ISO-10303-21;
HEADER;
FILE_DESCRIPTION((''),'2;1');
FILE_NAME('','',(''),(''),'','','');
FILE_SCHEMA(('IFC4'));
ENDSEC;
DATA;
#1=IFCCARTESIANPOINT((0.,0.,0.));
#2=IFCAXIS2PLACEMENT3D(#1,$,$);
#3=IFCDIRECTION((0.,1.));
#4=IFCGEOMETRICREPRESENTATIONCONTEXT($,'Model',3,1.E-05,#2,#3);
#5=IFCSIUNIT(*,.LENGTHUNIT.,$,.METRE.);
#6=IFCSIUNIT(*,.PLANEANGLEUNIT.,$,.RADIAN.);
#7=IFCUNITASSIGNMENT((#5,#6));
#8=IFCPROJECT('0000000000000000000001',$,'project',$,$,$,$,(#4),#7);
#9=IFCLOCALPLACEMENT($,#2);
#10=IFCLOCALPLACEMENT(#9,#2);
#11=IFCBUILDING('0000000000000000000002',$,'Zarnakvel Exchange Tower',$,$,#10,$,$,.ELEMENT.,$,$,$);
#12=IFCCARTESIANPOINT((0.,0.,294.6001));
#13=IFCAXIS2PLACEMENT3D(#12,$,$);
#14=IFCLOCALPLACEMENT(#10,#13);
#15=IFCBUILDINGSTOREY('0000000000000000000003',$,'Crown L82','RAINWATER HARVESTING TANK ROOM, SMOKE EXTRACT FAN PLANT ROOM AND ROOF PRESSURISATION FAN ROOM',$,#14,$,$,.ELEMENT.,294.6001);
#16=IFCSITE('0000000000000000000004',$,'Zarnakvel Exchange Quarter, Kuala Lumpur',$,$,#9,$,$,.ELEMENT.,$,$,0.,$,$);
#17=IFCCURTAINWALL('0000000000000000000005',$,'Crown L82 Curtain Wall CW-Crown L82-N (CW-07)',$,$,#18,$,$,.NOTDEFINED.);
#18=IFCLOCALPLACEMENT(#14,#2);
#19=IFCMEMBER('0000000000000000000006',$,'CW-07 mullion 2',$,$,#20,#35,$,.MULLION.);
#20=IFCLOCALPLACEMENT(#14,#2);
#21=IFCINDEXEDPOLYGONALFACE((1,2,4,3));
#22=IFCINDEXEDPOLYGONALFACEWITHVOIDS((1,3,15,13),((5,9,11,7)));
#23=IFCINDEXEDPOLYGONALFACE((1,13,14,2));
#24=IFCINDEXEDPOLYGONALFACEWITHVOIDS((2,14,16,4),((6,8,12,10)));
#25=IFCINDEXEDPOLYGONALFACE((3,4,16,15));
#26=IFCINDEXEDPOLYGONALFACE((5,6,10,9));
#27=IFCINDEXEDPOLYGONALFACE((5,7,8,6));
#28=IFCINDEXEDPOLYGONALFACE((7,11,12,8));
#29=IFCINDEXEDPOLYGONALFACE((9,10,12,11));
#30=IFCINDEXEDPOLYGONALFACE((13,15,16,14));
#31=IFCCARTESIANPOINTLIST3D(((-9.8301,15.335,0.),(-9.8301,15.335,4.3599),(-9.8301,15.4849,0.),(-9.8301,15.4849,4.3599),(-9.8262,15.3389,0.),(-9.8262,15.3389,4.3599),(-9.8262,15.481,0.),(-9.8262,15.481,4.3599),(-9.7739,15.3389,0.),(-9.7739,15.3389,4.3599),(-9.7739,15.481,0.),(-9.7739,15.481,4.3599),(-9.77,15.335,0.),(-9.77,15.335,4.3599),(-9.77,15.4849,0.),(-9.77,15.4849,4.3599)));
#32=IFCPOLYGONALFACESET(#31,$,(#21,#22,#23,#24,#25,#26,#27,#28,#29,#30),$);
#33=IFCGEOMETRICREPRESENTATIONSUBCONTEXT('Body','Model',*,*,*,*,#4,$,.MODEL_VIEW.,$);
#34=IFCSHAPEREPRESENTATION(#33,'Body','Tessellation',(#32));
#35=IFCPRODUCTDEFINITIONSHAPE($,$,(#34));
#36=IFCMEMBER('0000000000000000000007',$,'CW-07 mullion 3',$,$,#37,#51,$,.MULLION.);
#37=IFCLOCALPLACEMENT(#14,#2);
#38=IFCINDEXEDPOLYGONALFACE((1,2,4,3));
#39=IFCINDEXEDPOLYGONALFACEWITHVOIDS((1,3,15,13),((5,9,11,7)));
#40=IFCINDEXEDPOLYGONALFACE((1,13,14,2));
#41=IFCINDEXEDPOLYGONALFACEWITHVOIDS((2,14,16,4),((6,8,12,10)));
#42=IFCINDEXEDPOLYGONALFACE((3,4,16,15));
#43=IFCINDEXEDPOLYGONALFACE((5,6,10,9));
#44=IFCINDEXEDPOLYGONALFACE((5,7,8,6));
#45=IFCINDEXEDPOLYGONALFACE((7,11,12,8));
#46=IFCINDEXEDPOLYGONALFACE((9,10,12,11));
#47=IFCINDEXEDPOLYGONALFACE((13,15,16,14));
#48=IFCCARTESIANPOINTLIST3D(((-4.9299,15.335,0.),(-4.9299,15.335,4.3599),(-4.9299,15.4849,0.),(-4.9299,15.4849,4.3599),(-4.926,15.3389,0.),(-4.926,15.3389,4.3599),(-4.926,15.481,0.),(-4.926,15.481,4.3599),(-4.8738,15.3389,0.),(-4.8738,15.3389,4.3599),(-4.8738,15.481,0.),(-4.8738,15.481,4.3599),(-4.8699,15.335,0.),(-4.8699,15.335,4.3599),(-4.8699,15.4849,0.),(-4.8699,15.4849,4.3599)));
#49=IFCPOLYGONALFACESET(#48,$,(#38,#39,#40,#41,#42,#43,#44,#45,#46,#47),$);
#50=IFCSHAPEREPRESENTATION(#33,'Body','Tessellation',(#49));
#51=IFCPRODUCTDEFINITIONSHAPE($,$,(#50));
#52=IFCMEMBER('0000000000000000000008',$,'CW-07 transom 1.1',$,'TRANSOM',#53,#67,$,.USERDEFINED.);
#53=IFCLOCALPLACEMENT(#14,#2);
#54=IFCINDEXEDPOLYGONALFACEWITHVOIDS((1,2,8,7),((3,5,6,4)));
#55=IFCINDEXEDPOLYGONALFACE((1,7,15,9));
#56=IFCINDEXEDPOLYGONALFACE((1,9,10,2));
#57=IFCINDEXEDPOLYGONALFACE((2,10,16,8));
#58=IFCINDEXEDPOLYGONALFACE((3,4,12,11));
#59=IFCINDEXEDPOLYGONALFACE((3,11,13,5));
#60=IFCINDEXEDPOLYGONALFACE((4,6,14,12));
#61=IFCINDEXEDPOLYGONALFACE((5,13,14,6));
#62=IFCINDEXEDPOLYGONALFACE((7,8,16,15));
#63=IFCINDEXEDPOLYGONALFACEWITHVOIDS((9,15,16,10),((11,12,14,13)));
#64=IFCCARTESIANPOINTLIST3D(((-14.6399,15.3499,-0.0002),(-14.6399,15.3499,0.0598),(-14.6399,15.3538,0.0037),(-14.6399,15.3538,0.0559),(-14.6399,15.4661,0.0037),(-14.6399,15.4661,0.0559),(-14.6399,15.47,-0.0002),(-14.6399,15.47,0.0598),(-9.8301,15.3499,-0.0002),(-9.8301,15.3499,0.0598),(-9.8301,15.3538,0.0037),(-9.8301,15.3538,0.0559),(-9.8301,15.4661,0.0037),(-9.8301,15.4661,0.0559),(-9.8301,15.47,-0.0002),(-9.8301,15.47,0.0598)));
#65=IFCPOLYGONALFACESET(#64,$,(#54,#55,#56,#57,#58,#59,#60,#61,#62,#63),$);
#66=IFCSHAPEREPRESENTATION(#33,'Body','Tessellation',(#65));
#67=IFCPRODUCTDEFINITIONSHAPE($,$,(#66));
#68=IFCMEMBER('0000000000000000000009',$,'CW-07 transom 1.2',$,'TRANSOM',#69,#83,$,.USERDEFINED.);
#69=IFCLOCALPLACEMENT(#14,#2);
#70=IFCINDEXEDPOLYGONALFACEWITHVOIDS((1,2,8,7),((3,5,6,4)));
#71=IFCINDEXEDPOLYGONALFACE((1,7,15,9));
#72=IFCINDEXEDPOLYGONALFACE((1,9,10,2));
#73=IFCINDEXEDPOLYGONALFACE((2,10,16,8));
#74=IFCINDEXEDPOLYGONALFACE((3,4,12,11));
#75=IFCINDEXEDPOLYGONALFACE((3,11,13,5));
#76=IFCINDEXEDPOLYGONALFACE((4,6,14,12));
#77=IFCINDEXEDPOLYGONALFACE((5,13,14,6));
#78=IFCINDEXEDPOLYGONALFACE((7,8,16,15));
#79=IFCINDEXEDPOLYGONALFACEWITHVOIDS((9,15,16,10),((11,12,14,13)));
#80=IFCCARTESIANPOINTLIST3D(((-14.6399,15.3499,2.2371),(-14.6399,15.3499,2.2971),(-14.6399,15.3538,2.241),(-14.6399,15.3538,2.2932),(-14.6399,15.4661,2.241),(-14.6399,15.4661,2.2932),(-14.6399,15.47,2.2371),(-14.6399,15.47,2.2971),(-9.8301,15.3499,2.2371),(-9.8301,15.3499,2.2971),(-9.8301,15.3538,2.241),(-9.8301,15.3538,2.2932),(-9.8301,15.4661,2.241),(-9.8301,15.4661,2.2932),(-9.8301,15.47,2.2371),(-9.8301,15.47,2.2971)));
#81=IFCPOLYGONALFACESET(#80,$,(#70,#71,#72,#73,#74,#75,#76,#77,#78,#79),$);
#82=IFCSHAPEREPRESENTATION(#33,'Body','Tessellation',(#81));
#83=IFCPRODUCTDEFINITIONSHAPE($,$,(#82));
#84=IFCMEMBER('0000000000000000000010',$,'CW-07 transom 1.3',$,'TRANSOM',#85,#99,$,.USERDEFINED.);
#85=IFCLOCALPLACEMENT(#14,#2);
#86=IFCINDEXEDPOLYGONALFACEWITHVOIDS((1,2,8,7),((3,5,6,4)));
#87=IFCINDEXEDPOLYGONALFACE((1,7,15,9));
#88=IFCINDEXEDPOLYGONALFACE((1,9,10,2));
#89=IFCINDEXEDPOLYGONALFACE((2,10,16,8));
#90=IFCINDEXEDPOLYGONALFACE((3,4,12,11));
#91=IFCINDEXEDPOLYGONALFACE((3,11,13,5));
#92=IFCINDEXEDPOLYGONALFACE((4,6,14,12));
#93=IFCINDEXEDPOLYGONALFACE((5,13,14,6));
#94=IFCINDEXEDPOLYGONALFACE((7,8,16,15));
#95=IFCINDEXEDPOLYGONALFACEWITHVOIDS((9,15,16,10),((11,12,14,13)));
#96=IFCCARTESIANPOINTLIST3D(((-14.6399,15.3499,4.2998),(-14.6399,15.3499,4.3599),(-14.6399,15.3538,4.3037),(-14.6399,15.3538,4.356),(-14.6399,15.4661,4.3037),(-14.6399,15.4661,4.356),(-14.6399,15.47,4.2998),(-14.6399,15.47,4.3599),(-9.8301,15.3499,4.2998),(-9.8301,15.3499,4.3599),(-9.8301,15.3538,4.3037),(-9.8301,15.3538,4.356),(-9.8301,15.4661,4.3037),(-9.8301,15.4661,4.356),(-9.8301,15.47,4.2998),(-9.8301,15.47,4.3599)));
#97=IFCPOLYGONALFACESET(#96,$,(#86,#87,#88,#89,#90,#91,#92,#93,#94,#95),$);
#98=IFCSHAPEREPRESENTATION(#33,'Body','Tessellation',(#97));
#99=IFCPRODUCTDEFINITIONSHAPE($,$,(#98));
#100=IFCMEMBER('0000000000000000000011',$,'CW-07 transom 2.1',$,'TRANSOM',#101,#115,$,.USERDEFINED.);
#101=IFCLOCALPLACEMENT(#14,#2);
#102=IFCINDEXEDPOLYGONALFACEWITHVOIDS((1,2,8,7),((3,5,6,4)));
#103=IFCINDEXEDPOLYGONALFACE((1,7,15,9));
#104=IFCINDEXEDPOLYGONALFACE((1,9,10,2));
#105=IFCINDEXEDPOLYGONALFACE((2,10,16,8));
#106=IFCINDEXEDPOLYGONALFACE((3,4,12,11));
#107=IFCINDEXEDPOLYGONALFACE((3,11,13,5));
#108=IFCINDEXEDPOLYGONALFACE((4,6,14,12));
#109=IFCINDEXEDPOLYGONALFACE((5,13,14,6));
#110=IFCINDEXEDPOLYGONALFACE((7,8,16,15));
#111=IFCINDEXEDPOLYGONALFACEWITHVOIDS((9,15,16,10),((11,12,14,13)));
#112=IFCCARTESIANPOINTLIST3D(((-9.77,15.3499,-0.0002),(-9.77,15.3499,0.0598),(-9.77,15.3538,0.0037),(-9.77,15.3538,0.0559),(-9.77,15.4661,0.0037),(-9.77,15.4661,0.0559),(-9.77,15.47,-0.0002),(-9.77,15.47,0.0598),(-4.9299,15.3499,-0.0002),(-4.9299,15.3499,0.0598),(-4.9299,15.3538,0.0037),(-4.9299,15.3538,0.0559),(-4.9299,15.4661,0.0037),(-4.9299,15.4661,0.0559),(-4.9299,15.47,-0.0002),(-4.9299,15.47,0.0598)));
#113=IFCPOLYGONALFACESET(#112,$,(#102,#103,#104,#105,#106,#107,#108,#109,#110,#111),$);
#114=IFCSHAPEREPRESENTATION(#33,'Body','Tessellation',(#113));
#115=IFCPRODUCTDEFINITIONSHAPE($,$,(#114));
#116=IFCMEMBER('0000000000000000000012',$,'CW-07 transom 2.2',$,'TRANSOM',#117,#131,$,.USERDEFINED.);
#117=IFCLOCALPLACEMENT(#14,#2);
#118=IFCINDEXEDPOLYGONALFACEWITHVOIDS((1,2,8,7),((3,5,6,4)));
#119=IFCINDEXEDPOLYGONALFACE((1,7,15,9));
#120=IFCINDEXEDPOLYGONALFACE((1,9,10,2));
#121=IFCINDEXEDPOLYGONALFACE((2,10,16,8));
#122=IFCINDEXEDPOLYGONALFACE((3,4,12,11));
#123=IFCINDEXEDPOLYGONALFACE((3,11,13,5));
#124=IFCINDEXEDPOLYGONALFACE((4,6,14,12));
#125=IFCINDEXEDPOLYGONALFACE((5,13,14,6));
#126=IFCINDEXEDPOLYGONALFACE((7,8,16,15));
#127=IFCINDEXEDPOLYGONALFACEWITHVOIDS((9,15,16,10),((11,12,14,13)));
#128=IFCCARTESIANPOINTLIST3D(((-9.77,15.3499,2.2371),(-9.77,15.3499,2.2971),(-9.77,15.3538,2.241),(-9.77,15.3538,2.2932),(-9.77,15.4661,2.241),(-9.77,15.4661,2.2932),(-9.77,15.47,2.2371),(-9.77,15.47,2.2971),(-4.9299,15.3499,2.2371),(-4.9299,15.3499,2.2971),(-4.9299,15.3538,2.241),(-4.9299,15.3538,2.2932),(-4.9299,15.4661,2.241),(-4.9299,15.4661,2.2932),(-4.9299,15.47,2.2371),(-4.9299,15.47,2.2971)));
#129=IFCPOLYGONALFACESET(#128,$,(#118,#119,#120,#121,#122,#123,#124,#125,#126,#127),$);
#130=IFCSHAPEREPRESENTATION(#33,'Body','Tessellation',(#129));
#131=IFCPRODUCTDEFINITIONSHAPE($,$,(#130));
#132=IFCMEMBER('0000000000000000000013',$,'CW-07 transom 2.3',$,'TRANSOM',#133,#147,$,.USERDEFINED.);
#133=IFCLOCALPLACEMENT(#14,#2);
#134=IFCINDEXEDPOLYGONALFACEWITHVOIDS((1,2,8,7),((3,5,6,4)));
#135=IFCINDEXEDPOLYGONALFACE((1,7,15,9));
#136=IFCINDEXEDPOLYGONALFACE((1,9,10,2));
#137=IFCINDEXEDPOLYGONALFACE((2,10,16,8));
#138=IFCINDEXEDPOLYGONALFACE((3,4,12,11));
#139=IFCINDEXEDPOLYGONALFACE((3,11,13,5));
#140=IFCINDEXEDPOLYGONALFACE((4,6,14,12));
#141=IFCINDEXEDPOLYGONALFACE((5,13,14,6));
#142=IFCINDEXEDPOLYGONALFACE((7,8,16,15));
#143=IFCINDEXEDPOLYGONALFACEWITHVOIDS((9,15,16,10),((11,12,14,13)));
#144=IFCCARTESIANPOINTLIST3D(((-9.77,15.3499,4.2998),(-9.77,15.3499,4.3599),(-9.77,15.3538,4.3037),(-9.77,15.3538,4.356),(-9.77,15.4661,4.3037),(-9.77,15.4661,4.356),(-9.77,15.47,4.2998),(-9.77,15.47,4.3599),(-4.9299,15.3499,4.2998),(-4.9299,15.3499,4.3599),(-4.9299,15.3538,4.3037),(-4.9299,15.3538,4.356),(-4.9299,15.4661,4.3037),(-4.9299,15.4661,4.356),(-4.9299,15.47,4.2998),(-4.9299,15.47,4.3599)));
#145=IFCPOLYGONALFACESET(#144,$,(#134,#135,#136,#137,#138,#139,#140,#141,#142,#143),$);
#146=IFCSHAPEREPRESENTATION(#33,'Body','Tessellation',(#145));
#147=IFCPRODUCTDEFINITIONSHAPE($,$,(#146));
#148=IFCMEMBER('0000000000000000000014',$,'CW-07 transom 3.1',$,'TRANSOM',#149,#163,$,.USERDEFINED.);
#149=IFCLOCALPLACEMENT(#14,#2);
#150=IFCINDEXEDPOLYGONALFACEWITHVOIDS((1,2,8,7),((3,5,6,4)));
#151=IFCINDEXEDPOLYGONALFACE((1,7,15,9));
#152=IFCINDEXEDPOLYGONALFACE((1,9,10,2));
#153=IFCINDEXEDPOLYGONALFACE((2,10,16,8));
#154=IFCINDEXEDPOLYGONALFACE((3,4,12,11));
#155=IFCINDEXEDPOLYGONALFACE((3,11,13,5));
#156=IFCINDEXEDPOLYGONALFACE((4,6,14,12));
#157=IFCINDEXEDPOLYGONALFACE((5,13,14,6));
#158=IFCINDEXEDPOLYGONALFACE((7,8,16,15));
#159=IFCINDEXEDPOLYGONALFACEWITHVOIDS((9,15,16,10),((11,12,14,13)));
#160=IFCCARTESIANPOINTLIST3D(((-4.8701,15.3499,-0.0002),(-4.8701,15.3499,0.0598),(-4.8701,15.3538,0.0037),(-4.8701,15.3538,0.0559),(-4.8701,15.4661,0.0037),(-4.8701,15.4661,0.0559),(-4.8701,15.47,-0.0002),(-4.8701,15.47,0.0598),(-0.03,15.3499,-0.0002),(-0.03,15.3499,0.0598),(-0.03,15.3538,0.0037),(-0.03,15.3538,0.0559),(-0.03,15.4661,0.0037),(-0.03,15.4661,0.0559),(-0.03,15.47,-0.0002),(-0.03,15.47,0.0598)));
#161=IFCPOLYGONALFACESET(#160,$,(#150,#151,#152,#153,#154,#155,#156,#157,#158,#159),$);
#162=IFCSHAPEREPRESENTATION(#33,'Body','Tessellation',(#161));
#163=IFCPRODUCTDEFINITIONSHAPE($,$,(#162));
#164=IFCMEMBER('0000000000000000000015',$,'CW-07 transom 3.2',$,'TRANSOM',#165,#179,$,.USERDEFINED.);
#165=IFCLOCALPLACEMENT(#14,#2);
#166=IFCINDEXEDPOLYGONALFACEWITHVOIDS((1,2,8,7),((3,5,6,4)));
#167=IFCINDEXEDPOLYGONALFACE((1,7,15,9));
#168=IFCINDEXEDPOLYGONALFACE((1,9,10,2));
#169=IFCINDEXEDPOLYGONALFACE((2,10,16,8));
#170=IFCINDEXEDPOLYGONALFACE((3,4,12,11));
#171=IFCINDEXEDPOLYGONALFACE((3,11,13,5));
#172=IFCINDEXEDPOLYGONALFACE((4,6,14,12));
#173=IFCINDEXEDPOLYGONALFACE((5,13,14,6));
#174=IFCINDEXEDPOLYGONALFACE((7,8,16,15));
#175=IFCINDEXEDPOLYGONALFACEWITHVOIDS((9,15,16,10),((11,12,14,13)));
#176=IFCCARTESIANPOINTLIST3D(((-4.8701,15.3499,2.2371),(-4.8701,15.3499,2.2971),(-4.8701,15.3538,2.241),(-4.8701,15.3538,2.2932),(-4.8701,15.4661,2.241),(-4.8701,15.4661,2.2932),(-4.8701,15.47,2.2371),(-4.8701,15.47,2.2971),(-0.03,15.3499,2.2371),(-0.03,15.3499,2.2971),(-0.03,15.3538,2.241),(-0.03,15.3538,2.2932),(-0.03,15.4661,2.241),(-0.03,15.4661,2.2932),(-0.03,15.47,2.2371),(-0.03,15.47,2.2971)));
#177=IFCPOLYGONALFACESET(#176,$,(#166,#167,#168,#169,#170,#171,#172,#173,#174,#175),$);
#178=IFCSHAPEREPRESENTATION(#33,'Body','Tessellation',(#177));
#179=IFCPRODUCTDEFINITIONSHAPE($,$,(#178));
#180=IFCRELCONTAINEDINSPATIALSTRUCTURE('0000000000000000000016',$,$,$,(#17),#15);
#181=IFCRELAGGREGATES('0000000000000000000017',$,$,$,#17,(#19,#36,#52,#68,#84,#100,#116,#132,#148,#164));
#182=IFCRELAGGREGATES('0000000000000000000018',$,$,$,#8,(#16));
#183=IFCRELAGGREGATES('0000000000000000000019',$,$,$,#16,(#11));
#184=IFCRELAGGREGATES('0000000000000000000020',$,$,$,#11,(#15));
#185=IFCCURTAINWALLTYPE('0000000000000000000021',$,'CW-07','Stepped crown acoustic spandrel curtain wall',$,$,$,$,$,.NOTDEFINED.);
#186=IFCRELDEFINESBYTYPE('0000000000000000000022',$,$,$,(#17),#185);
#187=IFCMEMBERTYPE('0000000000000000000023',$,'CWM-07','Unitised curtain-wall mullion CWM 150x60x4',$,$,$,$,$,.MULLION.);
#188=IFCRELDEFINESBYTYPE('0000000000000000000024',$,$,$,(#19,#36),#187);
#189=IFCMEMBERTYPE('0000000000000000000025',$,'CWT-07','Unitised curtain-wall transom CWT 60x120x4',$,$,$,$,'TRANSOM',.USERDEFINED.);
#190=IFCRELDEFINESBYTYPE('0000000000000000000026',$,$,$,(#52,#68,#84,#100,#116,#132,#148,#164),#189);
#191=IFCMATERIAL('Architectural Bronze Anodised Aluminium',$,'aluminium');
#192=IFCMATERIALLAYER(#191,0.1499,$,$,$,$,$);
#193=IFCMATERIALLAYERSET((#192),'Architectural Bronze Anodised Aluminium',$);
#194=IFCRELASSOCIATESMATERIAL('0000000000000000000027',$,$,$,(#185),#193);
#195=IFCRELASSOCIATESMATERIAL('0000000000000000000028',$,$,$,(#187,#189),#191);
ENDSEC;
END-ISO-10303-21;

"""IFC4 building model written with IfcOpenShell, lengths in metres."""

from ifc_helpers import new_model, si_unit, direction, frame, origin, origin_2d, place, context, subcontext, project, spatial, hollow_rectangle, extrude, source, transform, mapped, material, layer, layer_set, material_profile, profile_set, type_object, element, aggregate, save


model = new_model("IFC4")

# Units and contexts
model_context = context("Model", 3, precision=1e-05, world=origin(), true_north=direction((0.0, 1.0)))
body_context = subcontext(model_context, "Body", "Model", "MODEL_VIEW")
ifc_project = project(units=[si_unit("LENGTHUNIT", "METRE"), si_unit("PLANEANGLEUNIT", "RADIAN")], contexts=[model_context])

# Site, building, storey
site_placement = place(None, origin())
site = spatial("IfcSite", under=ifc_project, at=site_placement, Name="Zarnakvel Exchange Quarter, Kuala Lumpur", CompositionType="ELEMENT", RefElevation=0.0)
building_placement = place(site_placement, origin())
building = spatial("IfcBuilding", under=site, at=building_placement, Name="Zarnakvel Exchange Tower", CompositionType="ELEMENT")
storey_placement = place(building_placement, frame((0.0, 0.0, 294.6001)))
storey = spatial("IfcBuildingStorey", under=building, at=storey_placement, Name="Crown L82", Description="RAINWATER HARVESTING TANK ROOM, SMOKE EXTRACT FAN PLANT ROOM AND ROOF PRESSURISATION FAN ROOM", CompositionType="ELEMENT", Elevation=294.6001)

# Curtain wall, members
ifc_material_1 = material(Name="Architectural Bronze Anodised Aluminium", Category="aluminium")
ifc_layer_1 = layer(ifc_material_1, 0.1499)
ifc_layer_set_1 = layer_set([ifc_layer_1], Name="Architectural Bronze Anodised Aluminium")
curtain_wall_type = type_object("IfcCurtainWallType", Name="CW-07", Description="Stepped crown acoustic spandrel curtain wall", PredefinedType="NOTDEFINED", material=ifc_layer_set_1)
curtain_wall_placement = place(storey_placement, origin())
curtain_wall = element("IfcCurtainWall", 1, at=curtain_wall_placement, inside=storey, type_object=curtain_wall_type, Name="Crown L82 Curtain Wall CW-Crown L82-N (CW-07)", PredefinedType="NOTDEFINED")
ifc_material_profile_1 = material_profile(ifc_material_1, hollow_rectangle(XDim=0.1499, YDim=0.0601, WallThickness=0.0039, at=origin_2d()))
ifc_profile_set_1 = profile_set([ifc_material_profile_1], Name="Architectural Bronze Anodised Aluminium")
member_type_1 = type_object("IfcMemberType", Name="CWM-07", Description="Unitised curtain-wall mullion CWM 150x60x4", PredefinedType="MULLION", material=ifc_profile_set_1)
shared_shape_1 = source(origin(), body_context, "Body", "SweptSolid", [
    extrude(hollow_rectangle(XDim=0.1499, YDim=0.0601, WallThickness=0.0039, at=origin_2d()), origin(), (0.0, 0.0, 1.0), 4.3599),
])
member_1_placement = place(storey_placement, frame((-9.8, 15.4099, 0.0), z_axis=(0.0, 0.0, 1.0), x_axis=(0.0, 1.0, 0.0)))
member_1 = element("IfcMember", 2, at=member_1_placement, type_object=member_type_1, Name="CW-07 mullion 2", PredefinedType="MULLION", context=body_context, shape_type="MappedRepresentation", body=[
    mapped(shared_shape_1, transform((0.0, 0.0, 0.0), x_axis=(1.0, 0.0, 0.0), y_axis=(0.0, 1.0, 0.0), z_axis=(0.0, 0.0, 1.0), scale=1.0)),
])
member_2_placement = place(storey_placement, frame((-4.8999, 15.4099, 0.0), z_axis=(0.0, 0.0, 1.0), x_axis=(0.0, 1.0, 0.0)))
member_2 = element("IfcMember", 3, at=member_2_placement, type_object=member_type_1, Name="CW-07 mullion 3", PredefinedType="MULLION", context=body_context, shape_type="MappedRepresentation", body=[
    mapped(shared_shape_1, transform((0.0, 0.0, 0.0), x_axis=(1.0, 0.0, 0.0), y_axis=(0.0, 1.0, 0.0), z_axis=(0.0, 0.0, 1.0), scale=1.0)),
])
ifc_material_profile_2 = material_profile(ifc_material_1, hollow_rectangle(XDim=0.1201, YDim=0.0601, WallThickness=0.0039, at=origin_2d()))
ifc_profile_set_2 = profile_set([ifc_material_profile_2], Name="Architectural Bronze Anodised Aluminium")
member_type_2 = type_object("IfcMemberType", Name="CWT-07", Description="Unitised curtain-wall transom CWT 60x120x4", ElementType="TRANSOM", PredefinedType="USERDEFINED", material=ifc_profile_set_2)
shared_shape_2 = source(origin(), body_context, "Body", "SweptSolid", [
    extrude(hollow_rectangle(XDim=0.1201, YDim=0.0601, WallThickness=0.0039, at=origin_2d()), origin(), (0.0, 0.0, 1.0), 4.8098),
])
member_3_placement = place(storey_placement, frame((-14.6399, 15.4099, 0.0298), z_axis=(1.0, 0.0, 0.0), x_axis=(0.0, 1.0, 0.0)))
member_3 = element("IfcMember", 4, at=member_3_placement, type_object=member_type_2, Name="CW-07 transom 1.1", ObjectType="TRANSOM", PredefinedType="USERDEFINED", context=body_context, shape_type="MappedRepresentation", body=[
    mapped(shared_shape_2, transform((0.0, 0.0, 0.0), x_axis=(1.0, 0.0, 0.0), y_axis=(0.0, 1.0, 0.0), z_axis=(0.0, 0.0, 1.0), scale=1.0)),
])
member_4_placement = place(storey_placement, frame((-14.6399, 15.4099, 2.2671), z_axis=(1.0, 0.0, 0.0), x_axis=(0.0, 1.0, 0.0)))
member_4 = element("IfcMember", 5, at=member_4_placement, type_object=member_type_2, Name="CW-07 transom 1.2", ObjectType="TRANSOM", PredefinedType="USERDEFINED", context=body_context, shape_type="MappedRepresentation", body=[
    mapped(shared_shape_2, transform((0.0, 0.0, 0.0), x_axis=(1.0, 0.0, 0.0), y_axis=(0.0, 1.0, 0.0), z_axis=(0.0, 0.0, 1.0), scale=1.0)),
])
member_5_placement = place(storey_placement, frame((-14.6399, 15.4099, 4.3298), z_axis=(1.0, 0.0, 0.0), x_axis=(0.0, 1.0, 0.0)))
member_5 = element("IfcMember", 6, at=member_5_placement, type_object=member_type_2, Name="CW-07 transom 1.3", ObjectType="TRANSOM", PredefinedType="USERDEFINED", context=body_context, shape_type="MappedRepresentation", body=[
    mapped(shared_shape_2, transform((0.0, 0.0, 0.0), x_axis=(1.0, 0.0, 0.0), y_axis=(0.0, 1.0, 0.0), z_axis=(0.0, 0.0, 1.0), scale=1.0)),
])
shared_shape_3 = source(origin(), body_context, "Body", "SweptSolid", [
    extrude(hollow_rectangle(XDim=0.1201, YDim=0.0601, WallThickness=0.0039, at=origin_2d()), origin(), (0.0, 0.0, 1.0), 4.8401),
])
member_6_placement = place(storey_placement, frame((-9.77, 15.4099, 0.0298), z_axis=(1.0, 0.0, 0.0), x_axis=(0.0, 1.0, 0.0)))
member_6 = element("IfcMember", 7, at=member_6_placement, type_object=member_type_2, Name="CW-07 transom 2.1", ObjectType="TRANSOM", PredefinedType="USERDEFINED", context=body_context, shape_type="MappedRepresentation", body=[
    mapped(shared_shape_3, transform((0.0, 0.0, 0.0), x_axis=(1.0, 0.0, 0.0), y_axis=(0.0, 1.0, 0.0), z_axis=(0.0, 0.0, 1.0), scale=1.0)),
])
member_7_placement = place(storey_placement, frame((-9.77, 15.4099, 2.2671), z_axis=(1.0, 0.0, 0.0), x_axis=(0.0, 1.0, 0.0)))
member_7 = element("IfcMember", 8, at=member_7_placement, type_object=member_type_2, Name="CW-07 transom 2.2", ObjectType="TRANSOM", PredefinedType="USERDEFINED", context=body_context, shape_type="MappedRepresentation", body=[
    mapped(shared_shape_3, transform((0.0, 0.0, 0.0), x_axis=(1.0, 0.0, 0.0), y_axis=(0.0, 1.0, 0.0), z_axis=(0.0, 0.0, 1.0), scale=1.0)),
])
member_8_placement = place(storey_placement, frame((-9.77, 15.4099, 4.3298), z_axis=(1.0, 0.0, 0.0), x_axis=(0.0, 1.0, 0.0)))
member_8 = element("IfcMember", 9, at=member_8_placement, type_object=member_type_2, Name="CW-07 transom 2.3", ObjectType="TRANSOM", PredefinedType="USERDEFINED", context=body_context, shape_type="MappedRepresentation", body=[
    mapped(shared_shape_3, transform((0.0, 0.0, 0.0), x_axis=(1.0, 0.0, 0.0), y_axis=(0.0, 1.0, 0.0), z_axis=(0.0, 0.0, 1.0), scale=1.0)),
])
member_9_placement = place(storey_placement, frame((-4.8701, 15.4099, 0.0298), z_axis=(1.0, 0.0, 0.0), x_axis=(0.0, 1.0, 0.0)))
member_9 = element("IfcMember", 10, at=member_9_placement, type_object=member_type_2, Name="CW-07 transom 3.1", ObjectType="TRANSOM", PredefinedType="USERDEFINED", context=body_context, shape_type="MappedRepresentation", body=[
    mapped(shared_shape_3, transform((0.0, 0.0, 0.0), x_axis=(1.0, 0.0, 0.0), y_axis=(0.0, 1.0, 0.0), z_axis=(0.0, 0.0, 1.0), scale=1.0)),
])
member_10_placement = place(storey_placement, frame((-4.8701, 15.4099, 2.2671), z_axis=(1.0, 0.0, 0.0), x_axis=(0.0, 1.0, 0.0)))
member_10 = element("IfcMember", 11, at=member_10_placement, type_object=member_type_2, Name="CW-07 transom 3.2", ObjectType="TRANSOM", PredefinedType="USERDEFINED", context=body_context, shape_type="MappedRepresentation", body=[
    mapped(shared_shape_3, transform((0.0, 0.0, 0.0), x_axis=(1.0, 0.0, 0.0), y_axis=(0.0, 1.0, 0.0), z_axis=(0.0, 0.0, 1.0), scale=1.0)),
])

aggregate(curtain_wall, [member_1, member_2, member_3, member_4, member_5, member_6, member_7, member_8, member_9, member_10])

save(model, "model.ifc")
